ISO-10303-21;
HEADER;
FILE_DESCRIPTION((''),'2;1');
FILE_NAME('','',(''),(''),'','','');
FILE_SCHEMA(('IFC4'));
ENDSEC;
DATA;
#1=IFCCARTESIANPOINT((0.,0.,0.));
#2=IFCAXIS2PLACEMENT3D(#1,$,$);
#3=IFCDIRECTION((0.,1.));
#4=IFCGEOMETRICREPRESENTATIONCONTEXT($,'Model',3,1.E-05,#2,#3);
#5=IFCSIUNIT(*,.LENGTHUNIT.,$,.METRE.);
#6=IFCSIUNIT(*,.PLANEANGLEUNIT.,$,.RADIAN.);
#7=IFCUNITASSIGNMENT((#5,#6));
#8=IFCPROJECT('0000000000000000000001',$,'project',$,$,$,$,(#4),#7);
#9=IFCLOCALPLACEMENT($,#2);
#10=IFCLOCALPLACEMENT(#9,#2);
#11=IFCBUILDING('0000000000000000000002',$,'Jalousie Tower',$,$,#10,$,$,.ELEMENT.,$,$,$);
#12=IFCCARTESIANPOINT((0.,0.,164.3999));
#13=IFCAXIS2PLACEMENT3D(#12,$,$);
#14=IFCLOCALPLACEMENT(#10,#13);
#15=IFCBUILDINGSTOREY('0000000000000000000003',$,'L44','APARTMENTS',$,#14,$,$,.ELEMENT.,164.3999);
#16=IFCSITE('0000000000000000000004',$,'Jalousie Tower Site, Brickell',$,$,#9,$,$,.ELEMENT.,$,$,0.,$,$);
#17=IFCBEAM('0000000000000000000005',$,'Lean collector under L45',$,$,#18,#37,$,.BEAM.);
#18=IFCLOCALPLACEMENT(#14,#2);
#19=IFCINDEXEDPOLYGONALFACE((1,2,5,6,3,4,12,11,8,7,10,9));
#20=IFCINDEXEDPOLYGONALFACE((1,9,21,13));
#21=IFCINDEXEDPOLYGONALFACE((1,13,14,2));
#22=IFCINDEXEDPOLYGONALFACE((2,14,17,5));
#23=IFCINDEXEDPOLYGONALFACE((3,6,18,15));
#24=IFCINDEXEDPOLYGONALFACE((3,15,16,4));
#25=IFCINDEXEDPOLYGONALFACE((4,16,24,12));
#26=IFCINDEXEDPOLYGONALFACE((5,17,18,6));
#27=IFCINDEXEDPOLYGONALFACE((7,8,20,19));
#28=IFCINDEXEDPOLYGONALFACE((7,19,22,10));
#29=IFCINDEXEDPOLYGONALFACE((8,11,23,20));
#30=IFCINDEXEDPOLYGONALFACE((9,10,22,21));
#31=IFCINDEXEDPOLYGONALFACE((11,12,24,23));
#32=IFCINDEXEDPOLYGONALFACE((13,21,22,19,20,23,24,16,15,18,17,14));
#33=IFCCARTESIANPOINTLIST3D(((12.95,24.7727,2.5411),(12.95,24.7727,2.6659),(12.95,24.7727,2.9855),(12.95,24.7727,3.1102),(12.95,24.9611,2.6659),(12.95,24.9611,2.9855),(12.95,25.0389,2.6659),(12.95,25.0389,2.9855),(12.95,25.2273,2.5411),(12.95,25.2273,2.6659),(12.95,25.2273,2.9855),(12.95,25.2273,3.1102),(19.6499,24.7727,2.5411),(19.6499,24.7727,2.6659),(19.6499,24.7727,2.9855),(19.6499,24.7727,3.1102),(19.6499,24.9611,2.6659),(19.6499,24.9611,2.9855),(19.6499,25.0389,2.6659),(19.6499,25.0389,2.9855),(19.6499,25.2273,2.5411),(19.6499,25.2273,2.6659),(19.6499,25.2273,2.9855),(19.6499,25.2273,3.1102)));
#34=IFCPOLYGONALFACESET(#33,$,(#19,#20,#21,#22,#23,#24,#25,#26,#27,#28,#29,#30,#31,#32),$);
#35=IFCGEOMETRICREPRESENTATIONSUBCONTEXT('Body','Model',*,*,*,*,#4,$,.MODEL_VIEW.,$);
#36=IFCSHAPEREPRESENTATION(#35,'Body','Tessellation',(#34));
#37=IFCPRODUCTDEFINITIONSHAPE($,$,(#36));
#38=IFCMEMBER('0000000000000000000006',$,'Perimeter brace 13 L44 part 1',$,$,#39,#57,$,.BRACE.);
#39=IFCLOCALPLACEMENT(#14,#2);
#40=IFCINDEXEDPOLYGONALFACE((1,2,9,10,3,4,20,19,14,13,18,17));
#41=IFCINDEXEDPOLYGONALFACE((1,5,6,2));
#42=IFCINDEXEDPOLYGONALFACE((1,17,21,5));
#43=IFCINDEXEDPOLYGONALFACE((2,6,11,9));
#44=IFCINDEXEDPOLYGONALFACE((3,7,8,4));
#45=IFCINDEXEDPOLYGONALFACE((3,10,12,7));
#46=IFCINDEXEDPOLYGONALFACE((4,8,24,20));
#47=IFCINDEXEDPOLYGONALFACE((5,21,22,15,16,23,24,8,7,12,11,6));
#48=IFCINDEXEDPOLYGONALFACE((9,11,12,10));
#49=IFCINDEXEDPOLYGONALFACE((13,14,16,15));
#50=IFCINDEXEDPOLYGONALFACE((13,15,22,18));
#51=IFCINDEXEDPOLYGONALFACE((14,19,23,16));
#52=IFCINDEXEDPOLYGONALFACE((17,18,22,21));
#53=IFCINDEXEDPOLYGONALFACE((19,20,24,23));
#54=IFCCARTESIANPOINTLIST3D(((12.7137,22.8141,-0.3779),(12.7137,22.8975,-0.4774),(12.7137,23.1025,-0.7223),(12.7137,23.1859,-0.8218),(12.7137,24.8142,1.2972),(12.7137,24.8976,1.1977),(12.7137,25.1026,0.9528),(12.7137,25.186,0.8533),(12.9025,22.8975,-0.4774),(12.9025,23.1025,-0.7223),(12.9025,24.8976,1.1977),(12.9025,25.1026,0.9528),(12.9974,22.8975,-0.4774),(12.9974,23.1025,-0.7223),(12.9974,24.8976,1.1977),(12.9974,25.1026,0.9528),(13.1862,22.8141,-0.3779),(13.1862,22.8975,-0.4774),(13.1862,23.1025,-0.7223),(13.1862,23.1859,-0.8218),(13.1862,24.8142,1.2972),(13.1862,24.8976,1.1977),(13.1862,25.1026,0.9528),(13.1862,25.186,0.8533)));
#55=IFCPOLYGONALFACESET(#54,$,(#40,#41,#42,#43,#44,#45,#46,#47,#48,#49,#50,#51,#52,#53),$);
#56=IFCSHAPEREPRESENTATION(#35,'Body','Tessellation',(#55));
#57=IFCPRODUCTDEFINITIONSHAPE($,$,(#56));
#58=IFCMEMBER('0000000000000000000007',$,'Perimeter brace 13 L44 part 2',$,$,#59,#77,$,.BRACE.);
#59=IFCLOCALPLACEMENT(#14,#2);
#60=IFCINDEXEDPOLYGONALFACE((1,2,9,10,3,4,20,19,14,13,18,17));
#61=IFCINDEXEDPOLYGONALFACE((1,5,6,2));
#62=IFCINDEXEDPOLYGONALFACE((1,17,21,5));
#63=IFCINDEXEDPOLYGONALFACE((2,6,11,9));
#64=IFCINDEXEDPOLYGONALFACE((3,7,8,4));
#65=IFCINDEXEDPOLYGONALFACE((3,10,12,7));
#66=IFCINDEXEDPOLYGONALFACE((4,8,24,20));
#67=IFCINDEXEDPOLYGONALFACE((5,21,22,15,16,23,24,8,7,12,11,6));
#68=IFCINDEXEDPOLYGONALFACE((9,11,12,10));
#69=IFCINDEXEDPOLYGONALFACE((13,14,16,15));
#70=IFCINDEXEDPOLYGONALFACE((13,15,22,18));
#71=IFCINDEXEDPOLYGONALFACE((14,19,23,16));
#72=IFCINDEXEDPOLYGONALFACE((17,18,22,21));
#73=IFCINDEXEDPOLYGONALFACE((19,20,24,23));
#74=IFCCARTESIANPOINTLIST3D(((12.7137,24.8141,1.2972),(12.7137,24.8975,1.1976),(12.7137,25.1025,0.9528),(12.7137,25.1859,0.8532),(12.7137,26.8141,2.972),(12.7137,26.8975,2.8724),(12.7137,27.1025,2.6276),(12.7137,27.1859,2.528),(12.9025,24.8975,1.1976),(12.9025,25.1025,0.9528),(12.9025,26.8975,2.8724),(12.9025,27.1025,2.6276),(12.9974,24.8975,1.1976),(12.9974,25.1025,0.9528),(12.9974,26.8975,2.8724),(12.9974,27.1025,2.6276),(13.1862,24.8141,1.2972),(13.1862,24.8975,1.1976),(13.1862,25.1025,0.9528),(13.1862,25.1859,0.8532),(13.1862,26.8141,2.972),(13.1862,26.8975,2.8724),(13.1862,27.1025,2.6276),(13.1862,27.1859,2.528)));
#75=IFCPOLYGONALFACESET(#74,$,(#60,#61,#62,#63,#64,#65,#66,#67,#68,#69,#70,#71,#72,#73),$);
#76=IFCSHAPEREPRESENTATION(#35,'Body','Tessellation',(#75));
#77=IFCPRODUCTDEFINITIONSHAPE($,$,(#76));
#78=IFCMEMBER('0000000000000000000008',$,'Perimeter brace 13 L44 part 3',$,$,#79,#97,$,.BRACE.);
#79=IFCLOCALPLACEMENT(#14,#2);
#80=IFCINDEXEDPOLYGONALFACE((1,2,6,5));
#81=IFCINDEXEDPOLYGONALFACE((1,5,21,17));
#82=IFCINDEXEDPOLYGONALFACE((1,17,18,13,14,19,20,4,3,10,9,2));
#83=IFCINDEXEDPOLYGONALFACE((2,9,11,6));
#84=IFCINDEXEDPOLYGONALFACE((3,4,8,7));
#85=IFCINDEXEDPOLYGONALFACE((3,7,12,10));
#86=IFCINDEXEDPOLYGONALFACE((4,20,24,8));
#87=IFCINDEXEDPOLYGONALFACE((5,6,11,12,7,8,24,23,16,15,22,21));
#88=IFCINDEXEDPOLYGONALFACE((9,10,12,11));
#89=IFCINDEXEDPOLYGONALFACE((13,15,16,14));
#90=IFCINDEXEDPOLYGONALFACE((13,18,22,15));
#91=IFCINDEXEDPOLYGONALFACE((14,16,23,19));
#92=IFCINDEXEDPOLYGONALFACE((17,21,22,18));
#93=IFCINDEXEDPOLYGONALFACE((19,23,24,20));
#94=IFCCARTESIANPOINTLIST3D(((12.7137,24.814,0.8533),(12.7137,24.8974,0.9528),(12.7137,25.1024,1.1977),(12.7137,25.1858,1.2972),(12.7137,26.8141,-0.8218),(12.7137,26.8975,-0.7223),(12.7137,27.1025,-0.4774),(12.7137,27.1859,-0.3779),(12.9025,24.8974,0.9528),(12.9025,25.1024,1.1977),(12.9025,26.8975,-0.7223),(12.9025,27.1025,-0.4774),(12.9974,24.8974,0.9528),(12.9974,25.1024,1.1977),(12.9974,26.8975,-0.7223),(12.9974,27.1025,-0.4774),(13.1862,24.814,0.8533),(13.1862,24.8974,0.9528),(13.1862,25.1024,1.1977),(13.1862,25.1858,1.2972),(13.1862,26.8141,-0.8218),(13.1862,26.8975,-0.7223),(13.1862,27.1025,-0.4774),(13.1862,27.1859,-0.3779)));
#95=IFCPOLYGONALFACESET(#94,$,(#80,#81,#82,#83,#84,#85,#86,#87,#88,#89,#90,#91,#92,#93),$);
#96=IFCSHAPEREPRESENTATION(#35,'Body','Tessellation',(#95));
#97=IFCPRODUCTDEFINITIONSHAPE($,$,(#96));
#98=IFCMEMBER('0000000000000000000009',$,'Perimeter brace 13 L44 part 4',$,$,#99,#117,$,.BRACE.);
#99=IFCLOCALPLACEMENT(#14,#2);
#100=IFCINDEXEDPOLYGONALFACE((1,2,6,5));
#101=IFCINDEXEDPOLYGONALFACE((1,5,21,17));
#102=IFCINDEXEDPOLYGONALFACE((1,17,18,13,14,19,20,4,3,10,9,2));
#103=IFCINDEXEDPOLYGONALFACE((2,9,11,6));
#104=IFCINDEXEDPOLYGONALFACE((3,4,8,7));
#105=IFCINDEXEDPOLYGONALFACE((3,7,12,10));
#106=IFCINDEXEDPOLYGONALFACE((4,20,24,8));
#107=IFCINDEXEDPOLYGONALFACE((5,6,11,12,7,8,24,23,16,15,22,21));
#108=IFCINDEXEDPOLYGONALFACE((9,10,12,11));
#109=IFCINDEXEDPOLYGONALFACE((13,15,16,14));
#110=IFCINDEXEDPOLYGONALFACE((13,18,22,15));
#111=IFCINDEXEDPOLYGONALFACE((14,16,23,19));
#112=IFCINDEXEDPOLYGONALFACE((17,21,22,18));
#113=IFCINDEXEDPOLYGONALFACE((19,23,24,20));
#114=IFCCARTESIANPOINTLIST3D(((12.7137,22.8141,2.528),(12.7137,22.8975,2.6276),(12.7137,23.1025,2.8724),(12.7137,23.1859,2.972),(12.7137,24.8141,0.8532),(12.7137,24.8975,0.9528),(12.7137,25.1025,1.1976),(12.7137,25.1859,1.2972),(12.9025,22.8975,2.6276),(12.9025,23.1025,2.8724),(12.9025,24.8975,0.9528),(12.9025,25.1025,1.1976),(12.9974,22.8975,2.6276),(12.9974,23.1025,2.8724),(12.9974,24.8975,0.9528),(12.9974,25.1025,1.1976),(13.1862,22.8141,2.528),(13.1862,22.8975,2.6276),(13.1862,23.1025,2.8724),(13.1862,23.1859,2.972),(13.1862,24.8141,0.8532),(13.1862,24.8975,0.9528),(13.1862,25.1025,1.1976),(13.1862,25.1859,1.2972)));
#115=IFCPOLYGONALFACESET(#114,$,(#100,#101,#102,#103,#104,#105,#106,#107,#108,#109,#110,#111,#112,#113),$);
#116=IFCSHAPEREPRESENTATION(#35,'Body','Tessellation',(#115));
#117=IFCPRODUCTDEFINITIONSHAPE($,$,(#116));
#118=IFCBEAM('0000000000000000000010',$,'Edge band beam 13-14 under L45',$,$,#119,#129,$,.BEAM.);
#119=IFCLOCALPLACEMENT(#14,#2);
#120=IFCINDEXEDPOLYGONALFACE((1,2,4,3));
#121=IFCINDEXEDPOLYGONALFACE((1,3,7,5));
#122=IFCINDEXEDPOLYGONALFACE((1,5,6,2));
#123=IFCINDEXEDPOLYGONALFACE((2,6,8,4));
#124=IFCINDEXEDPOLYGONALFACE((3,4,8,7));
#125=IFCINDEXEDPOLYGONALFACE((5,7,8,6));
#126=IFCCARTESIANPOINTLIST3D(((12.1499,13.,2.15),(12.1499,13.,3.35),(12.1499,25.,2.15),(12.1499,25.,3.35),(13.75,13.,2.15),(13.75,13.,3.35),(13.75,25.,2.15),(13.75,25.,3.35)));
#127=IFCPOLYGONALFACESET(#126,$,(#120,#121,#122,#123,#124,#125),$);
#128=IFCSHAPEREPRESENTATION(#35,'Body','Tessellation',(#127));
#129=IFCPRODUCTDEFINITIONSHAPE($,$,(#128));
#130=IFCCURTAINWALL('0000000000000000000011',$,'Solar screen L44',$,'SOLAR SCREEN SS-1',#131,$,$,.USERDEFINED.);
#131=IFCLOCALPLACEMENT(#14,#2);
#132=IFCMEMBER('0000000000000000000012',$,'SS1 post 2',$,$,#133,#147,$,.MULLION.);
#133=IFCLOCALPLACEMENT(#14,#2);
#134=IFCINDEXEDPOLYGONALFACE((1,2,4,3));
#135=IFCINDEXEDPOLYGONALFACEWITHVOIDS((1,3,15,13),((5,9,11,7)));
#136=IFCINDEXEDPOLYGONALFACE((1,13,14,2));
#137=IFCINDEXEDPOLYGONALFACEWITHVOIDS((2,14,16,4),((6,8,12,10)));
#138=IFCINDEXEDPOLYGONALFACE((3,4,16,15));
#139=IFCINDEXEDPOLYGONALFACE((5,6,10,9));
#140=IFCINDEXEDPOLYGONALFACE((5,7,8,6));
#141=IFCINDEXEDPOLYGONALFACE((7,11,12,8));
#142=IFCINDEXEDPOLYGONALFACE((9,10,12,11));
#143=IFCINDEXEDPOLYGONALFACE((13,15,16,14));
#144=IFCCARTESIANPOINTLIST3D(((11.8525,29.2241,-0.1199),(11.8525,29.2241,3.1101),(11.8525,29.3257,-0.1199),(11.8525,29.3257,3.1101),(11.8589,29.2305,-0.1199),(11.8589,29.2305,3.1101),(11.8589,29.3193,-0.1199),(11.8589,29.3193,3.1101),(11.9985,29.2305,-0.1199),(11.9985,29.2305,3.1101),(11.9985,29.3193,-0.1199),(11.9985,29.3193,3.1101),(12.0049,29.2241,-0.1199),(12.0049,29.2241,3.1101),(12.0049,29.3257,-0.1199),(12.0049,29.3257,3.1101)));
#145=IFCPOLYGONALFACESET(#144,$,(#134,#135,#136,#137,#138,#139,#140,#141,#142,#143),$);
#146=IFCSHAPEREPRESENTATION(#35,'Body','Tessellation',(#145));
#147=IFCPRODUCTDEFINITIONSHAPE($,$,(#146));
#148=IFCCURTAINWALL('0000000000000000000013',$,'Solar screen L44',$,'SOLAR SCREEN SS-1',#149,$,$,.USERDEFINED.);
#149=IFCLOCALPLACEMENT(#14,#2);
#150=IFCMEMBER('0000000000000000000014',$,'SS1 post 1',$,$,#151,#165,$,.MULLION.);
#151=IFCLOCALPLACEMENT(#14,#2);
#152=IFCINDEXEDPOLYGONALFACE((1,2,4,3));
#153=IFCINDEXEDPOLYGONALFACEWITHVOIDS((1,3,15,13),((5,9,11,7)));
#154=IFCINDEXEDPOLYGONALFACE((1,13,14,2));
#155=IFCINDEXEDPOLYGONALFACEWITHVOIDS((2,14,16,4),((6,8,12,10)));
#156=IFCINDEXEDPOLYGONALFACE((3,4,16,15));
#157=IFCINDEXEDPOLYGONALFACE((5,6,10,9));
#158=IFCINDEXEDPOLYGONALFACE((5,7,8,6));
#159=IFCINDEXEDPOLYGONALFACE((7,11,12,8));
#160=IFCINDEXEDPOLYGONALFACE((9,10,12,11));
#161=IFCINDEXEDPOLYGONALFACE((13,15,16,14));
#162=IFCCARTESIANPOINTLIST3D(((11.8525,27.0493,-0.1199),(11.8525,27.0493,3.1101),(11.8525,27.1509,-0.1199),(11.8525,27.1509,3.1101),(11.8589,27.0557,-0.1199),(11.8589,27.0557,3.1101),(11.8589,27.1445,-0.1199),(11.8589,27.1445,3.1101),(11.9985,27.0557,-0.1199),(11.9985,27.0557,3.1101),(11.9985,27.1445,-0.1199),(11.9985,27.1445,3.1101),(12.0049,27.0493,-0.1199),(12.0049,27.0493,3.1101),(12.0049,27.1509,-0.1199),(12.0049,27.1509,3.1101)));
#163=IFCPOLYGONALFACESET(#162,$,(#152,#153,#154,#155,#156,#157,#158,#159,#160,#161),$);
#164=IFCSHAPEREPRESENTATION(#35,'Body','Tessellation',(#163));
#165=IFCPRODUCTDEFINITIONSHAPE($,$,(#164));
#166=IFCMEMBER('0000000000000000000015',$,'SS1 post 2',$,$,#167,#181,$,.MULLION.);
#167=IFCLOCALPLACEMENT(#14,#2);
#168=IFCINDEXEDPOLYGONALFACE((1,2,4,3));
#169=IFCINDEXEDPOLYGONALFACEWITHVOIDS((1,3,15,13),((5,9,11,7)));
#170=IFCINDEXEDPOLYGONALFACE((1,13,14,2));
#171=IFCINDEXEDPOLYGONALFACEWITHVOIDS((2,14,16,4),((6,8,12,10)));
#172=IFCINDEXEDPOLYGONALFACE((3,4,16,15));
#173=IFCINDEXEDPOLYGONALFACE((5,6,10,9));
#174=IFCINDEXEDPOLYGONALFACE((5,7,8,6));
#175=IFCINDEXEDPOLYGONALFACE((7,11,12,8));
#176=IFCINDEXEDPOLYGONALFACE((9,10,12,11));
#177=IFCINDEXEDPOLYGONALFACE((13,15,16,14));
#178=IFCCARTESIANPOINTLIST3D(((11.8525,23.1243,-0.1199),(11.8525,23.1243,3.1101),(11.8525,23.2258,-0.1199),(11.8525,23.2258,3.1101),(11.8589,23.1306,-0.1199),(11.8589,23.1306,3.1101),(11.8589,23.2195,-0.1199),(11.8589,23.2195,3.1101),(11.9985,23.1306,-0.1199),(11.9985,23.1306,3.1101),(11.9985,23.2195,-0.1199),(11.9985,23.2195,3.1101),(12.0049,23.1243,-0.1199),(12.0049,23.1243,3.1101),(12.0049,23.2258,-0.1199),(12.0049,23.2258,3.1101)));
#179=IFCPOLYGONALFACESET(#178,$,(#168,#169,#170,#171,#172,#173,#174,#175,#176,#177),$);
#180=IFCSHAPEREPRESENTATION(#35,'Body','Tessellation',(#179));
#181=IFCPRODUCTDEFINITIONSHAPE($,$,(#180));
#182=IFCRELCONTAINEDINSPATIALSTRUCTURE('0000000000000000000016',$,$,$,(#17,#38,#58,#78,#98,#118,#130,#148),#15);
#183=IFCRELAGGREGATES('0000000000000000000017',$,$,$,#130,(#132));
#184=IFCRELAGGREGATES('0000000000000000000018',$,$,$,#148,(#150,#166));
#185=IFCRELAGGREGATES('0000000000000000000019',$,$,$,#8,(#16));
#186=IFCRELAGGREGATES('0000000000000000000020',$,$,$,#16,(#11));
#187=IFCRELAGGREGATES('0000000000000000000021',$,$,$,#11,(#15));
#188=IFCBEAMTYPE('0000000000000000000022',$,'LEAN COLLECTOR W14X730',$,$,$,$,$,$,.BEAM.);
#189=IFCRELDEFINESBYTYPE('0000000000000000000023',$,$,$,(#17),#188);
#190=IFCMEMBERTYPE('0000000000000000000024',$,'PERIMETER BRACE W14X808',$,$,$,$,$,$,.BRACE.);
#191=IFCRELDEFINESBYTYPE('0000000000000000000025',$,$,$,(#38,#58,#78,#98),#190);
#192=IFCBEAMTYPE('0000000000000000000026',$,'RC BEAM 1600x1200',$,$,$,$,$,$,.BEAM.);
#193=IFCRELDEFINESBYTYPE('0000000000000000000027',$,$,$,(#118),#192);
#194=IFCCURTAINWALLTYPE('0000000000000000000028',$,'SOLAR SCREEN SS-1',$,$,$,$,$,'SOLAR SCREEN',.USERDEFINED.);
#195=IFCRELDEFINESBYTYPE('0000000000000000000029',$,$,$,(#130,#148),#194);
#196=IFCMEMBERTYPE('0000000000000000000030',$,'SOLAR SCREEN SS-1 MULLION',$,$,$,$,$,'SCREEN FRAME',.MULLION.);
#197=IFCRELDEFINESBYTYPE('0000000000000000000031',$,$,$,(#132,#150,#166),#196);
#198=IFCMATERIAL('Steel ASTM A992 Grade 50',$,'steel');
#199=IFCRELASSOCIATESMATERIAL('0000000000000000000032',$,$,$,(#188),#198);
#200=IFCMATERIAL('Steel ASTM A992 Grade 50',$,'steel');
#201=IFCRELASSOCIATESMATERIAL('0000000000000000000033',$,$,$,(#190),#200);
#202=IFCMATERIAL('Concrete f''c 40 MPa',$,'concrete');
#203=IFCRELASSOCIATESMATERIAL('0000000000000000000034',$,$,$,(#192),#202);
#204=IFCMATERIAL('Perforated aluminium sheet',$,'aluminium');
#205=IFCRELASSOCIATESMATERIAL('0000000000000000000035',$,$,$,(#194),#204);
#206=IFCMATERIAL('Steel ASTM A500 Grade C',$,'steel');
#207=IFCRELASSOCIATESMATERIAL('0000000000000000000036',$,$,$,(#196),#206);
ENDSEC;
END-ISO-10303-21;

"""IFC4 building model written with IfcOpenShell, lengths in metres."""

from ifc_helpers import new_model, si_unit, direction, frame, origin, origin_2d, place, context, subcontext, project, spatial, rectangle, hollow_rectangle, i_section, extrude, material, material_profile, profile_set, type_object, element, aggregate, save


model = new_model("IFC4")

# Units and contexts
model_context = context("Model", 3, precision=1e-05, world=origin(), true_north=direction((0.0, 1.0)))
body_context = subcontext(model_context, "Body", "Model", "MODEL_VIEW")
ifc_project = project(units=[si_unit("LENGTHUNIT", "METRE"), si_unit("PLANEANGLEUNIT", "RADIAN")], contexts=[model_context])

# Site, building, storey
site_placement = place(None, origin())
site = spatial("IfcSite", under=ifc_project, at=site_placement, Name="Jalousie Tower Site, Brickell", CompositionType="ELEMENT", RefElevation=0.0)
building_placement = place(site_placement, origin())
building = spatial("IfcBuilding", under=site, at=building_placement, Name="Jalousie Tower", CompositionType="ELEMENT")
storey_placement = place(building_placement, frame((0.0, 0.0, 164.3999)))
storey = spatial("IfcBuildingStorey", under=building, at=storey_placement, Name="L44", Description="APARTMENTS", CompositionType="ELEMENT", Elevation=164.3999)

# Beam
ifc_material_1 = material(Name="Steel ASTM A992 Grade 50", Category="steel")
ifc_material_profile_1 = material_profile(ifc_material_1, i_section(OverallWidth=0.4546, OverallDepth=0.5691, WebThickness=0.0779, FlangeThickness=0.1248, at=origin_2d()), Name="W14X730")
ifc_profile_set_1 = profile_set([ifc_material_profile_1], Name="Steel ASTM A992 Grade 50")
beam_type_1 = type_object("IfcBeamType", Name="LEAN COLLECTOR W14X730", PredefinedType="BEAM", material=ifc_profile_set_1)
beam_1_placement = place(storey_placement, frame((12.95, 25.0, 2.8257), z_axis=(1.0, 0.0, 0.0), x_axis=(0.0, 1.0, 0.0)))
element("IfcBeam", 1, at=beam_1_placement, inside=storey, type_object=beam_type_1, Name="Lean collector under L45", PredefinedType="BEAM", context=body_context, shape_type="SweptSolid", body=[
    extrude(i_section(OverallWidth=0.4546, OverallDepth=0.5691, WebThickness=0.0779, FlangeThickness=0.1248, at=origin_2d()), origin(), (0.0, 0.0, 1.0), 6.7),
])

# Members
ifc_material_2 = material(Name="Steel ASTM A992 Grade 50", Category="steel")
ifc_material_profile_2 = material_profile(ifc_material_2, i_section(OverallWidth=0.4724, OverallDepth=0.5791, WebThickness=0.095, FlangeThickness=0.1299, at=origin_2d()), Name="W14X808")
ifc_profile_set_2 = profile_set([ifc_material_profile_2], Name="Steel ASTM A992 Grade 50")
member_type_1 = type_object("IfcMemberType", Name="PERIMETER BRACE W14X808", PredefinedType="BRACE", material=ifc_profile_set_2)
member_1_placement = place(storey_placement, frame((12.95, 23.0, -0.5999), z_axis=(0.0, 0.766639, 0.642079), x_axis=(-1.0, 0.0, 0.0)))
element("IfcMember", 2, at=member_1_placement, inside=storey, type_object=member_type_1, Name="Perimeter brace 13 L44 part 1", PredefinedType="BRACE", context=body_context, shape_type="SweptSolid", body=[
    extrude(i_section(OverallWidth=0.4724, OverallDepth=0.5791, WebThickness=0.095, FlangeThickness=0.1299, at=origin_2d()), origin(), (0.0, 0.0, 1.0), 2.6089),
])
member_2_placement = place(storey_placement, frame((12.95, 25.0, 1.0752), z_axis=(0.0, 0.766685, 0.642024), x_axis=(-1.0, 0.0, 0.0)))
element("IfcMember", 3, at=member_2_placement, inside=storey, type_object=member_type_1, Name="Perimeter brace 13 L44 part 2", PredefinedType="BRACE", context=body_context, shape_type="SweptSolid", body=[
    extrude(i_section(OverallWidth=0.4724, OverallDepth=0.5791, WebThickness=0.095, FlangeThickness=0.1299, at=origin_2d()), origin(), (0.0, 0.0, 1.0), 2.6086),
])
member_3_placement = place(storey_placement, frame((12.95, 27.0, -0.5999), z_axis=(0.0, -0.766639, 0.642079), x_axis=(1.0, 0.0, 0.0)))
element("IfcMember", 4, at=member_3_placement, inside=storey, type_object=member_type_1, Name="Perimeter brace 13 L44 part 3", PredefinedType="BRACE", context=body_context, shape_type="SweptSolid", body=[
    extrude(i_section(OverallWidth=0.4724, OverallDepth=0.5791, WebThickness=0.095, FlangeThickness=0.1299, at=origin_2d()), origin(), (0.0, 0.0, 1.0), 2.6089),
])
member_4_placement = place(storey_placement, frame((12.95, 25.0, 1.0752), z_axis=(0.0, -0.766685, 0.642024), x_axis=(1.0, 0.0, 0.0)))
element("IfcMember", 5, at=member_4_placement, inside=storey, type_object=member_type_1, Name="Perimeter brace 13 L44 part 4", PredefinedType="BRACE", context=body_context, shape_type="SweptSolid", body=[
    extrude(i_section(OverallWidth=0.4724, OverallDepth=0.5791, WebThickness=0.095, FlangeThickness=0.1299, at=origin_2d()), origin(), (0.0, 0.0, 1.0), 2.6086),
])

# Beam
ifc_material_3 = material(Name="Concrete f'c 40 MPa", Category="concrete")
ifc_material_profile_3 = material_profile(ifc_material_3, rectangle(XDim=1.6001, YDim=1.2, at=origin_2d()), Name="RC 1600x1200")
ifc_profile_set_3 = profile_set([ifc_material_profile_3], Name="Concrete f'c 40 MPa")
beam_type_2 = type_object("IfcBeamType", Name="RC BEAM 1600x1200", PredefinedType="BEAM", material=ifc_profile_set_3)
beam_2_placement = place(storey_placement, frame((12.95, 25.0, 2.75), z_axis=(0.0, -1.0, 0.0), x_axis=(1.0, 0.0, 0.0)))
element("IfcBeam", 6, at=beam_2_placement, inside=storey, type_object=beam_type_2, Name="Edge band beam 13-14 under L45", PredefinedType="BEAM", context=body_context, shape_type="SweptSolid", body=[
    extrude(rectangle(XDim=1.6001, YDim=1.2, at=origin_2d()), origin(), (0.0, 0.0, 1.0), 12.0),
])

# Curtain wall, member
ifc_material_4 = material(Name="Perforated aluminium sheet", Category="aluminium")
curtain_wall_type = type_object("IfcCurtainWallType", Name="SOLAR SCREEN SS-1", ElementType="SOLAR SCREEN", PredefinedType="USERDEFINED", material=ifc_material_4)
curtain_wall_1_placement = place(storey_placement, origin())
curtain_wall_1 = element("IfcCurtainWall", 7, at=curtain_wall_1_placement, inside=storey, type_object=curtain_wall_type, Name="Solar screen L44", ObjectType="SOLAR SCREEN SS-1", PredefinedType="USERDEFINED")
ifc_material_5 = material(Name="Steel ASTM A500 Grade C", Category="steel")
ifc_material_profile_4 = material_profile(ifc_material_5, hollow_rectangle(XDim=0.1016, YDim=0.1523, WallThickness=0.0063, at=origin_2d()), Name="HSS6X4X1/4")
ifc_profile_set_4 = profile_set([ifc_material_profile_4], Name="Steel ASTM A500 Grade C")
member_type_2 = type_object("IfcMemberType", Name="SOLAR SCREEN SS-1 MULLION", ElementType="SCREEN FRAME", PredefinedType="MULLION", material=ifc_profile_set_4)
member_5_placement = place(storey_placement, frame((11.9287, 29.2749, -0.1199), z_axis=(0.0, 0.0, 1.0), x_axis=(0.0, -1.0, 0.0)))
member_5 = element("IfcMember", 8, at=member_5_placement, type_object=member_type_2, Name="SS1 post 2", PredefinedType="MULLION", context=body_context, shape_type="SweptSolid", body=[
    extrude(hollow_rectangle(XDim=0.1016, YDim=0.1523, WallThickness=0.0063, at=origin_2d()), origin(), (0.0, 0.0, 1.0), 3.23),
])
aggregate(curtain_wall_1, [member_5])

# Curtain wall, members
curtain_wall_2_placement = place(storey_placement, origin())
curtain_wall_2 = element("IfcCurtainWall", 9, at=curtain_wall_2_placement, inside=storey, type_object=curtain_wall_type, Name="Solar screen L44", ObjectType="SOLAR SCREEN SS-1", PredefinedType="USERDEFINED")
member_6_placement = place(storey_placement, frame((11.9287, 27.1001, -0.1199), z_axis=(0.0, 0.0, 1.0), x_axis=(0.0, -1.0, 0.0)))
member_6 = element("IfcMember", 10, at=member_6_placement, type_object=member_type_2, Name="SS1 post 1", PredefinedType="MULLION", context=body_context, shape_type="SweptSolid", body=[
    extrude(hollow_rectangle(XDim=0.1016, YDim=0.1523, WallThickness=0.0063, at=origin_2d()), origin(), (0.0, 0.0, 1.0), 3.23),
])
member_7_placement = place(storey_placement, frame((11.9287, 23.175, -0.1199), z_axis=(0.0, 0.0, 1.0), x_axis=(0.0, -1.0, 0.0)))
member_7 = element("IfcMember", 11, at=member_7_placement, type_object=member_type_2, Name="SS1 post 2", PredefinedType="MULLION", context=body_context, shape_type="SweptSolid", body=[
    extrude(hollow_rectangle(XDim=0.1016, YDim=0.1523, WallThickness=0.0063, at=origin_2d()), origin(), (0.0, 0.0, 1.0), 3.23),
])
aggregate(curtain_wall_2, [member_6, member_7])

save(model, "model.ifc")
